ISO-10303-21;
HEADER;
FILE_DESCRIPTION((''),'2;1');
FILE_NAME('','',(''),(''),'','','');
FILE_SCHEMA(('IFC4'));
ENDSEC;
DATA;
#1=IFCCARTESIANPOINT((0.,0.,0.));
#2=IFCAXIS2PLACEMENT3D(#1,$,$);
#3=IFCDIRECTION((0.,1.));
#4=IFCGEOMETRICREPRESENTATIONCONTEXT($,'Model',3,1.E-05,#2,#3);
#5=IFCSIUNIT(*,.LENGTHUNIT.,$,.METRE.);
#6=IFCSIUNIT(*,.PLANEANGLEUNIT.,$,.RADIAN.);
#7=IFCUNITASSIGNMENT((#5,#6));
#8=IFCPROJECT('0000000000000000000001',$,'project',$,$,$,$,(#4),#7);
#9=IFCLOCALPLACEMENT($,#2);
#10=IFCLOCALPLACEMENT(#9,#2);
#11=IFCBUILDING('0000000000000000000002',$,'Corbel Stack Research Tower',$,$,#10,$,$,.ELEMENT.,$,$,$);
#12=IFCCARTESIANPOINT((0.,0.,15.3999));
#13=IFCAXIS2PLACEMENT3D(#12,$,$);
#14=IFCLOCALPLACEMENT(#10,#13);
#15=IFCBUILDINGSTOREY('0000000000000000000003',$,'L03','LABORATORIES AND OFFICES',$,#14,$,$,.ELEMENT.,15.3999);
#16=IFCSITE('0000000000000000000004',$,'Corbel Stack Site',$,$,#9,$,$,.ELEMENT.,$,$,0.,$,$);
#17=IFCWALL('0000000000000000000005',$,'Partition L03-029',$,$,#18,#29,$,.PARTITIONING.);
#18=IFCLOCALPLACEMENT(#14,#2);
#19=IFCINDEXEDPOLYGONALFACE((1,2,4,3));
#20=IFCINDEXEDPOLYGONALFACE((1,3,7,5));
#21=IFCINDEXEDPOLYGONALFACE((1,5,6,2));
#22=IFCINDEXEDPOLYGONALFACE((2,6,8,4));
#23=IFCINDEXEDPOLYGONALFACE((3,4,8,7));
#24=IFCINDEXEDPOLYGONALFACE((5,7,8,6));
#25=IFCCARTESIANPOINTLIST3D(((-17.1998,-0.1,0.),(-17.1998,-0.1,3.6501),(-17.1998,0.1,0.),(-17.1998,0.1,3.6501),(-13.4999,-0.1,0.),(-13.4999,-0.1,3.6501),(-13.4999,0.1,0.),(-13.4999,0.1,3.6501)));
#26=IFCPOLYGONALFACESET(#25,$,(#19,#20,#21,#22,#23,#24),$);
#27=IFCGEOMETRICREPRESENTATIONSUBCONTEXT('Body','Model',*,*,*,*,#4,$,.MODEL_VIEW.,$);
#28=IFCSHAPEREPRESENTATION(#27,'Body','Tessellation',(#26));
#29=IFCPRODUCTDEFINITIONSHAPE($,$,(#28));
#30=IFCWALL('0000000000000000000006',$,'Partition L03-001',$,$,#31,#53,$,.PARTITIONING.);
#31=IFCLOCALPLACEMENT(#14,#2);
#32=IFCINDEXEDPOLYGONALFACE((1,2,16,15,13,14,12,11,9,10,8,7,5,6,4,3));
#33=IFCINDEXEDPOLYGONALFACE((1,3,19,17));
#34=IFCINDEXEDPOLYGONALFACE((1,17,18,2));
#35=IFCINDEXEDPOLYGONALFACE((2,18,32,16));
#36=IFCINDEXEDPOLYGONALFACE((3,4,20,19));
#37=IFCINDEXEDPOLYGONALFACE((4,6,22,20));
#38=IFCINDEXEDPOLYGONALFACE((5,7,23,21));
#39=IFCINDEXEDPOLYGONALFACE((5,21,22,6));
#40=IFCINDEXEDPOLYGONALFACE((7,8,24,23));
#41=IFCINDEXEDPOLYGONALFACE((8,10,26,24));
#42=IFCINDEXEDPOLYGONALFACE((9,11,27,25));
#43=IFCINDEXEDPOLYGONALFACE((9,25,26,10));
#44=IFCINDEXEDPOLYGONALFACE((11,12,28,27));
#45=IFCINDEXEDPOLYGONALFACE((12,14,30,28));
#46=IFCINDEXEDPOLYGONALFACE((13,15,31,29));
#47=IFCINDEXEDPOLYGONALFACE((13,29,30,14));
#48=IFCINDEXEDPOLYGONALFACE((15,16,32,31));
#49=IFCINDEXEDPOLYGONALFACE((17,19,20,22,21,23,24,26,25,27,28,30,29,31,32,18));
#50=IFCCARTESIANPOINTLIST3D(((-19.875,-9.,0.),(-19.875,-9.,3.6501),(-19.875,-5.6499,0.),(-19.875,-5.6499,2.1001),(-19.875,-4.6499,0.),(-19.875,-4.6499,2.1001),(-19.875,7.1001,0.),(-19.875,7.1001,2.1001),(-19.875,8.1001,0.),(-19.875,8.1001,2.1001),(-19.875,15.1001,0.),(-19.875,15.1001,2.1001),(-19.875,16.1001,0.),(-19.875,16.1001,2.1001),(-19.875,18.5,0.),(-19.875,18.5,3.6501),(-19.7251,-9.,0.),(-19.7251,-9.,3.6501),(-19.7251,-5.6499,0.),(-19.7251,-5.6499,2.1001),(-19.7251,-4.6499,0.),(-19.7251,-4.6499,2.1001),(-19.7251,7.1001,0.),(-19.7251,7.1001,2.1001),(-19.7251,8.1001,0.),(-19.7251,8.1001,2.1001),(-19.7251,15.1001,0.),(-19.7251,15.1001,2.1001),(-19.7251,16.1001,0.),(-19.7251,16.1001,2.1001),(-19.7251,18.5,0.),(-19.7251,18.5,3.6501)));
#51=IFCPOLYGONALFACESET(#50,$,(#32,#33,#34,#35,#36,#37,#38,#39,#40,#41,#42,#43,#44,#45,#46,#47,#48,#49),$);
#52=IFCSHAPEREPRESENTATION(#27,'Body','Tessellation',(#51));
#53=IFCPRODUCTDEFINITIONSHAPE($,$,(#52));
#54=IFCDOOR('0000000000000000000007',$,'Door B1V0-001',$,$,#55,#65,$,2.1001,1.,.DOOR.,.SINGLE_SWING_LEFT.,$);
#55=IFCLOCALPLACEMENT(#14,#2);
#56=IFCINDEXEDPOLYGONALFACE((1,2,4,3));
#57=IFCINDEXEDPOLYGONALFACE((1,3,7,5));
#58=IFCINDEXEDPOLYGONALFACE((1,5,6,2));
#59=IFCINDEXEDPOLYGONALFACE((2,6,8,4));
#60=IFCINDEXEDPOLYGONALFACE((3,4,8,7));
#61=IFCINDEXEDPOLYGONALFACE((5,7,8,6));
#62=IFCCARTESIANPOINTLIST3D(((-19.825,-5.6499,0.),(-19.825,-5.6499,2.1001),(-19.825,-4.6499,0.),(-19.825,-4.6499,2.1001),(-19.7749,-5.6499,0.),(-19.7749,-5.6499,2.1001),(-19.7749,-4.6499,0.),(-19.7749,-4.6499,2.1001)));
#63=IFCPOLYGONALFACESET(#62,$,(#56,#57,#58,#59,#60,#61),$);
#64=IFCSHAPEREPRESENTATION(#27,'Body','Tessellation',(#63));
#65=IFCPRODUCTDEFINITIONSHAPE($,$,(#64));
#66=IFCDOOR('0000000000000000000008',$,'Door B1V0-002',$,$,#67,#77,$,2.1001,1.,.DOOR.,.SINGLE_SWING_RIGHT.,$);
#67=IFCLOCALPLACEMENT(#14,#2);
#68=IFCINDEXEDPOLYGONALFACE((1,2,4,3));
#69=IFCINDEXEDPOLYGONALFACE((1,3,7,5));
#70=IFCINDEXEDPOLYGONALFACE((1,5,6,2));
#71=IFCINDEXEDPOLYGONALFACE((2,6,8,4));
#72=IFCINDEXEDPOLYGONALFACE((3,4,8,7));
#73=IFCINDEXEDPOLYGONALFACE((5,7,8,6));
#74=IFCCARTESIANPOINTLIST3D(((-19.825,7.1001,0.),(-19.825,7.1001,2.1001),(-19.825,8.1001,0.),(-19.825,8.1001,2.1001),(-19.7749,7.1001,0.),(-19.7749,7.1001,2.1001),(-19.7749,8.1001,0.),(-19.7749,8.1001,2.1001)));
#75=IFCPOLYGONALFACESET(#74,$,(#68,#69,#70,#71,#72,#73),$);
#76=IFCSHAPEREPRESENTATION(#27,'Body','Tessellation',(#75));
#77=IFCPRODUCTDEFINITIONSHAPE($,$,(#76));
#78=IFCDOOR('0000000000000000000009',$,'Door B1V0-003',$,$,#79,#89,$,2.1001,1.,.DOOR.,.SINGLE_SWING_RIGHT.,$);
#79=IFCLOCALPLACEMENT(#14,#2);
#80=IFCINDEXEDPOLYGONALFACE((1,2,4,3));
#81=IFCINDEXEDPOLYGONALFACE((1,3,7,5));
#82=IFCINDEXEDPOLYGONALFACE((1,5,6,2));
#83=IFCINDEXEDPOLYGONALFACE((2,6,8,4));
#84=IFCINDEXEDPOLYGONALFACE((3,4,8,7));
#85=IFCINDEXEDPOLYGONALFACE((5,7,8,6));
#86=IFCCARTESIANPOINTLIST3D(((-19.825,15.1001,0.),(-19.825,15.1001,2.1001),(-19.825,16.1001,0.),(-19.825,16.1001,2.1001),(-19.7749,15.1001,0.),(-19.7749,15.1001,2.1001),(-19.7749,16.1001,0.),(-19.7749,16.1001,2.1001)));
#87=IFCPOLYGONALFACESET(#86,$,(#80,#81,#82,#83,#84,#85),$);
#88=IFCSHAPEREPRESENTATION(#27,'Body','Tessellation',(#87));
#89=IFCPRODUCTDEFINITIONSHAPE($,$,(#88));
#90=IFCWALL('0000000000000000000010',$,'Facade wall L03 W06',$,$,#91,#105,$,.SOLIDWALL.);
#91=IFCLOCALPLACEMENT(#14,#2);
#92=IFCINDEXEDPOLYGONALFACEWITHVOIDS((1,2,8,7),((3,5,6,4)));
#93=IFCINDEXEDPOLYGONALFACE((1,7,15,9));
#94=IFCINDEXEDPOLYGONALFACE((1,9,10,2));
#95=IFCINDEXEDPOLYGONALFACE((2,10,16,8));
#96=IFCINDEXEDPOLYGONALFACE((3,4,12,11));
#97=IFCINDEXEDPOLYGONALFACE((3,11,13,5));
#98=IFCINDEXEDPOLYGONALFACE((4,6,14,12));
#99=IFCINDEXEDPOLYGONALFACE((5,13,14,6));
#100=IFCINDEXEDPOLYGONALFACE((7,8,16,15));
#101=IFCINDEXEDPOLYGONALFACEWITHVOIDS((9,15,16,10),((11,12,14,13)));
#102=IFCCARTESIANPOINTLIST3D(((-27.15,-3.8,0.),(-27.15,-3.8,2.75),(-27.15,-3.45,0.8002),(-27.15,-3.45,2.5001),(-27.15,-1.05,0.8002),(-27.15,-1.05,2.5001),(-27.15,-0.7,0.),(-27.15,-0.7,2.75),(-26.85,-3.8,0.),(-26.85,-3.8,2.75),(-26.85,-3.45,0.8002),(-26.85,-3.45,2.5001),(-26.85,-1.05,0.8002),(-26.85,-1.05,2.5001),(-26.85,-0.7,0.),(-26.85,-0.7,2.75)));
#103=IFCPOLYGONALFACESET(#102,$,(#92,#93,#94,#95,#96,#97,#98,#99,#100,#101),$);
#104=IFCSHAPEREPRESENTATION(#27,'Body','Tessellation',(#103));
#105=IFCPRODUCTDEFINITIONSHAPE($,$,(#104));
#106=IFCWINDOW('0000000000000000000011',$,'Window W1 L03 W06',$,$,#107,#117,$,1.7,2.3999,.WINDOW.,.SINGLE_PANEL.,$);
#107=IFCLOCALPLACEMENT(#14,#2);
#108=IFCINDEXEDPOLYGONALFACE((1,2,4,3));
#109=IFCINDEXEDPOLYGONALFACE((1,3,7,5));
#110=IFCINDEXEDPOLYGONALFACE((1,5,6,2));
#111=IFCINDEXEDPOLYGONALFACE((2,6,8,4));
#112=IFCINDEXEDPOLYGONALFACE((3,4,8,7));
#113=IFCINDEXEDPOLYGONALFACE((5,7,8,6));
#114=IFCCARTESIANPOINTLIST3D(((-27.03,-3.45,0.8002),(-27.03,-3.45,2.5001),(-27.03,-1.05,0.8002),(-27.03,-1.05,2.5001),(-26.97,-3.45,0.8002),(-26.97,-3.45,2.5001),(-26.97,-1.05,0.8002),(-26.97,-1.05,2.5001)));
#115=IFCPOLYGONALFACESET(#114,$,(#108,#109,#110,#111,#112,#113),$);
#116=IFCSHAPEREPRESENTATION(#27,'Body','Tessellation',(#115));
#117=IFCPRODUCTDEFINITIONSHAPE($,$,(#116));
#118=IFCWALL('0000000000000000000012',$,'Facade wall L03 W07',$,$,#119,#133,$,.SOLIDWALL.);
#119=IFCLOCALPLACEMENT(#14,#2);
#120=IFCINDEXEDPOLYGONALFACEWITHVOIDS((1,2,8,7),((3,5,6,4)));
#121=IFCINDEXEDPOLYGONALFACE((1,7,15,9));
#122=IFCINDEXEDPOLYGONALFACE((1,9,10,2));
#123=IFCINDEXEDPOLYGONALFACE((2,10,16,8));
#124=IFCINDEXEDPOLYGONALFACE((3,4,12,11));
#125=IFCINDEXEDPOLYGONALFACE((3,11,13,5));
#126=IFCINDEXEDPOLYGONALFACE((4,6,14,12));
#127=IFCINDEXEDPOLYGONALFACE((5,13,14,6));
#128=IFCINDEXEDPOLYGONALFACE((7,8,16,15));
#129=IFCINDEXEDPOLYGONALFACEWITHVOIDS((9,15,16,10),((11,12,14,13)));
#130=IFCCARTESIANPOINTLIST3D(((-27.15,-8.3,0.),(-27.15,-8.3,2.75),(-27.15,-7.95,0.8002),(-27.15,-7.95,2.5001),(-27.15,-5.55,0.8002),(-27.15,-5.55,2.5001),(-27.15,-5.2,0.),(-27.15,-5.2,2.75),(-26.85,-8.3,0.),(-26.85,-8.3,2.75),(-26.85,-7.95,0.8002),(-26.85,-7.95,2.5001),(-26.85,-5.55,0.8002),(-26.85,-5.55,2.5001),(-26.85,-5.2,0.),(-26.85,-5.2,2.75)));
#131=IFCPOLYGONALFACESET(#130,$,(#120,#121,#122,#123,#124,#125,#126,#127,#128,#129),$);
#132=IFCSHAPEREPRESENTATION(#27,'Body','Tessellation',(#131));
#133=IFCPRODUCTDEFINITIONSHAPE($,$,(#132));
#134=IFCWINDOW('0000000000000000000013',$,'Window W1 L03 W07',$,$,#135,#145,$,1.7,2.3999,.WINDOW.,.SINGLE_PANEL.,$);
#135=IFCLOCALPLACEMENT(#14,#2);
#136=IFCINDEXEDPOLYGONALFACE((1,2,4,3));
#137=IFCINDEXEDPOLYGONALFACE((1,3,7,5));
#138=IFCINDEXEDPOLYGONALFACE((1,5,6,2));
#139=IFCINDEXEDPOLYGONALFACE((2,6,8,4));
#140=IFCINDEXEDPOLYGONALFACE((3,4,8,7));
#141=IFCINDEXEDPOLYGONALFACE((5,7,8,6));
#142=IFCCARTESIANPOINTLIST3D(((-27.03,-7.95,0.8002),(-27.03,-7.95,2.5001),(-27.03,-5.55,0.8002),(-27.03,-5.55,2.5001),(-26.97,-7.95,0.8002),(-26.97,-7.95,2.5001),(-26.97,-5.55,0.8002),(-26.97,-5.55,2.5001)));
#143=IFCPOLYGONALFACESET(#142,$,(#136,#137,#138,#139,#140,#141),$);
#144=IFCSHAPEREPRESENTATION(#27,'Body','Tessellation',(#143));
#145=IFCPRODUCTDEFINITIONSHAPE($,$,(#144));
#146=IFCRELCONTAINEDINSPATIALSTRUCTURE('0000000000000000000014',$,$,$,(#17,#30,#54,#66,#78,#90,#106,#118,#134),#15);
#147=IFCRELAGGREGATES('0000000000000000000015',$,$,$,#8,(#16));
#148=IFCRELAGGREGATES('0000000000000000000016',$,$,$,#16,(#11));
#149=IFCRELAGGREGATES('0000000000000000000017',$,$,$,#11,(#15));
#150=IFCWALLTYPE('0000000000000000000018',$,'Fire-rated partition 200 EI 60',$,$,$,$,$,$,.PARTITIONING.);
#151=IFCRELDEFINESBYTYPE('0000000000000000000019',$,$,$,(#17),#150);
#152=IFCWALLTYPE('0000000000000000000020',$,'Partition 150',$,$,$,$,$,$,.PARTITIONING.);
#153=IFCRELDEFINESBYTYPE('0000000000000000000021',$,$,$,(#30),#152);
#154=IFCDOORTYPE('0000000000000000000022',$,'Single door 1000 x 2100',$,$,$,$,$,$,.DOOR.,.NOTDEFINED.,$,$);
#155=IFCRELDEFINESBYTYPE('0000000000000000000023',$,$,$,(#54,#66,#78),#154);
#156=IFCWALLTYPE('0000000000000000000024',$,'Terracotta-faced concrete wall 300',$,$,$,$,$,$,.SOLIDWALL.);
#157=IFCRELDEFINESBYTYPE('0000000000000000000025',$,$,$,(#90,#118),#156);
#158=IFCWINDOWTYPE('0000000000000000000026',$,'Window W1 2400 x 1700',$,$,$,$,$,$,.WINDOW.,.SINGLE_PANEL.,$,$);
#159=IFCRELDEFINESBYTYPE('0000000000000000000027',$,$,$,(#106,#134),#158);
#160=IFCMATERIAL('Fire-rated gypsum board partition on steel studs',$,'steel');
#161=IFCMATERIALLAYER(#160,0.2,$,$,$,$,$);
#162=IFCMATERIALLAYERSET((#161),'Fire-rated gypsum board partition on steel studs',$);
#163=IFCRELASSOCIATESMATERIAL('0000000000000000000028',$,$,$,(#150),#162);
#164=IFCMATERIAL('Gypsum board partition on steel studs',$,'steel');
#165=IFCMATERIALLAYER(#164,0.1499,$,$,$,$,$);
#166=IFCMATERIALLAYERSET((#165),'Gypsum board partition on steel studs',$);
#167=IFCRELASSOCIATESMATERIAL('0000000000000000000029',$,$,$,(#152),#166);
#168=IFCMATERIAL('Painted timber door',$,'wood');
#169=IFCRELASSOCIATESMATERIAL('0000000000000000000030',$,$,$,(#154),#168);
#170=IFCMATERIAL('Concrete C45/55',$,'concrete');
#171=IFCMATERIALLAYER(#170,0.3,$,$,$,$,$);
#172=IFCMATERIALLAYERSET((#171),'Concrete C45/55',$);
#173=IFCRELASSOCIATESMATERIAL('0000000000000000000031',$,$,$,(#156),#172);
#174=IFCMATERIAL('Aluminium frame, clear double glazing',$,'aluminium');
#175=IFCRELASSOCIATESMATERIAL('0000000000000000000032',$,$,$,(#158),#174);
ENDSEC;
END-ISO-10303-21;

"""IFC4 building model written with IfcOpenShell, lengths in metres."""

from ifc_helpers import new_model, si_unit, direction, frame, frame_2d, origin, place, context, subcontext, project, spatial, rectangle, extrude, material, layer, layer_set, type_object, element, fill, save


model = new_model("IFC4")

# Units and contexts
model_context = context("Model", 3, precision=1e-05, world=origin(), true_north=direction((0.0, 1.0)))
body_context = subcontext(model_context, "Body", "Model", "MODEL_VIEW")
ifc_project = project(units=[si_unit("LENGTHUNIT", "METRE"), si_unit("PLANEANGLEUNIT", "RADIAN")], contexts=[model_context])

# Site, building, storey
site_placement = place(None, origin())
site = spatial("IfcSite", under=ifc_project, at=site_placement, Name="Corbel Stack Site", CompositionType="ELEMENT", RefElevation=0.0)
building_placement = place(site_placement, origin())
building = spatial("IfcBuilding", under=site, at=building_placement, Name="Corbel Stack Research Tower", CompositionType="ELEMENT")
storey_placement = place(building_placement, frame((0.0, 0.0, 15.3999)))
storey = spatial("IfcBuildingStorey", under=building, at=storey_placement, Name="L03", Description="LABORATORIES AND OFFICES", CompositionType="ELEMENT", Elevation=15.3999)

# Wall
ifc_material_1 = material(Name="Fire-rated gypsum board partition on steel studs", Category="steel")
ifc_layer_1 = layer(ifc_material_1, 0.2)
ifc_layer_set_1 = layer_set([ifc_layer_1], Name="Fire-rated gypsum board partition on steel studs")
wall_type_1 = type_object("IfcWallType", Name="Fire-rated partition 200 EI 60", PredefinedType="PARTITIONING", material=ifc_layer_set_1)
wall_1_placement = place(storey_placement, frame((-17.2, 0.0, 0.0), z_axis=(0.0, 0.0, 1.0), x_axis=(1.0, 0.0, 0.0)))
element("IfcWall", 1, at=wall_1_placement, inside=storey, type_object=wall_type_1, Name="Partition L03-029", PredefinedType="PARTITIONING", context=body_context, shape_type="SweptSolid", body=[
    extrude(rectangle(XDim=3.7, YDim=0.2, at=frame_2d((1.8501, 0.0))), origin(), (0.0, 0.0, 1.0), 3.6501),
])

# Wall, openings, doors
ifc_material_2 = material(Name="Gypsum board partition on steel studs", Category="steel")
ifc_layer_2 = layer(ifc_material_2, 0.1499)
ifc_layer_set_2 = layer_set([ifc_layer_2], Name="Gypsum board partition on steel studs")
wall_type_2 = type_object("IfcWallType", Name="Partition 150", PredefinedType="PARTITIONING", material=ifc_layer_set_2)
wall_2_placement = place(storey_placement, frame((-19.8, -9.0, 0.0), z_axis=(0.0, 0.0, 1.0), x_axis=(0.0, 1.0, 0.0)))
wall_2 = element("IfcWall", 2, at=wall_2_placement, inside=storey, type_object=wall_type_2, Name="Partition L03-001", PredefinedType="PARTITIONING", context=body_context, shape_type="SweptSolid", body=[
    extrude(rectangle(XDim=27.5, YDim=0.1499, at=frame_2d((13.75, 0.0))), origin(), (0.0, 0.0, 1.0), 3.6501),
])
opening_1_placement = place(wall_2_placement, frame((3.3501, 0.0, 0.0)))
opening_1 = element("IfcOpeningElement", 3, at=opening_1_placement, cuts=wall_2, PredefinedType="OPENING", context=body_context, shape_type="SweptSolid", body=[
    extrude(rectangle(XDim=1.0, YDim=2.1001, at=frame_2d((0.5, 1.05))), frame((0.0, 0.085, 0.0), z_axis=(0.0, -1.0, 0.0), x_axis=(1.0, 0.0, 0.0)), (0.0, 0.0, 1.0), 0.1699),
])
opening_2_placement = place(wall_2_placement, frame((16.1001, 0.0, 0.0)))
opening_2 = element("IfcOpeningElement", 4, at=opening_2_placement, cuts=wall_2, PredefinedType="OPENING", context=body_context, shape_type="SweptSolid", body=[
    extrude(rectangle(XDim=1.0, YDim=2.1001, at=frame_2d((0.5, 1.05))), frame((0.0, 0.085, 0.0), z_axis=(0.0, -1.0, 0.0), x_axis=(1.0, 0.0, 0.0)), (0.0, 0.0, 1.0), 0.1699),
])
opening_3_placement = place(wall_2_placement, frame((24.1001, 0.0, 0.0)))
opening_3 = element("IfcOpeningElement", 5, at=opening_3_placement, cuts=wall_2, PredefinedType="OPENING", context=body_context, shape_type="SweptSolid", body=[
    extrude(rectangle(XDim=1.0, YDim=2.1001, at=frame_2d((0.5, 1.05))), frame((0.0, 0.085, 0.0), z_axis=(0.0, -1.0, 0.0), x_axis=(1.0, 0.0, 0.0)), (0.0, 0.0, 1.0), 0.1699),
])
ifc_material_3 = material(Name="Painted timber door", Category="wood")
door_type = type_object("IfcDoorType", Name="Single door 1000 x 2100", OperationType="NOTDEFINED", PredefinedType="DOOR", material=ifc_material_3)
door_1_placement = place(opening_1_placement, origin())
door_1 = element("IfcDoor", 6, at=door_1_placement, inside=storey, type_object=door_type, Name="Door B1V0-001", OperationType="SINGLE_SWING_LEFT", OverallHeight=2.1001, OverallWidth=1.0, PredefinedType="DOOR", context=body_context, shape_type="SweptSolid", body=[
    extrude(rectangle(XDim=1.0, YDim=2.1001, at=frame_2d((0.5, 1.05))), frame((0.0, 0.0249, 0.0), z_axis=(0.0, -1.0, 0.0), x_axis=(1.0, 0.0, 0.0)), (0.0, 0.0, 1.0), 0.05),
])
fill(opening_1, door_1)
door_2_placement = place(opening_2_placement, origin())
door_2 = element("IfcDoor", 7, at=door_2_placement, inside=storey, type_object=door_type, Name="Door B1V0-002", OperationType="SINGLE_SWING_RIGHT", OverallHeight=2.1001, OverallWidth=1.0, PredefinedType="DOOR", context=body_context, shape_type="SweptSolid", body=[
    extrude(rectangle(XDim=1.0, YDim=2.1001, at=frame_2d((0.5, 1.05))), frame((0.0, 0.0249, 0.0), z_axis=(0.0, -1.0, 0.0), x_axis=(1.0, 0.0, 0.0)), (0.0, 0.0, 1.0), 0.05),
])
fill(opening_2, door_2)
door_3_placement = place(opening_3_placement, origin())
door_3 = element("IfcDoor", 8, at=door_3_placement, inside=storey, type_object=door_type, Name="Door B1V0-003", OperationType="SINGLE_SWING_RIGHT", OverallHeight=2.1001, OverallWidth=1.0, PredefinedType="DOOR", context=body_context, shape_type="SweptSolid", body=[
    extrude(rectangle(XDim=1.0, YDim=2.1001, at=frame_2d((0.5, 1.05))), frame((0.0, 0.0249, 0.0), z_axis=(0.0, -1.0, 0.0), x_axis=(1.0, 0.0, 0.0)), (0.0, 0.0, 1.0), 0.05),
])
fill(opening_3, door_3)

# Walls, openings, windows
ifc_material_4 = material(Name="Concrete C45/55", Category="concrete")
ifc_layer_3 = layer(ifc_material_4, 0.3)
ifc_layer_set_3 = layer_set([ifc_layer_3], Name="Concrete C45/55")
wall_type_3 = type_object("IfcWallType", Name="Terracotta-faced concrete wall 300", PredefinedType="SOLIDWALL", material=ifc_layer_set_3)
wall_3_placement = place(storey_placement, frame((-27.0, -3.8, 0.0), z_axis=(0.0, 0.0, 1.0), x_axis=(0.0, 1.0, 0.0)))
wall_3 = element("IfcWall", 9, at=wall_3_placement, inside=storey, type_object=wall_type_3, Name="Facade wall L03 W06", PredefinedType="SOLIDWALL", context=body_context, shape_type="SweptSolid", body=[
    extrude(rectangle(XDim=3.1001, YDim=0.3, at=frame_2d((1.55, 0.0))), origin(), (0.0, 0.0, 1.0), 2.75),
])
opening_4_placement = place(wall_3_placement, frame((0.3501, 0.0, 0.8)))
opening_4 = element("IfcOpeningElement", 10, at=opening_4_placement, cuts=wall_3, PredefinedType="OPENING", context=body_context, shape_type="SweptSolid", body=[
    extrude(rectangle(XDim=2.3999, YDim=1.7, at=frame_2d((1.2, 0.8501))), frame((0.0, 0.1599, 0.0), z_axis=(0.0, -1.0, 0.0), x_axis=(1.0, 0.0, 0.0)), (0.0, 0.0, 1.0), 0.3201),
])
ifc_material_5 = material(Name="Aluminium frame, clear double glazing", Category="aluminium")
window_type_1 = type_object("IfcWindowType", Name="Window W1 2400 x 1700", PartitioningType="SINGLE_PANEL", PredefinedType="WINDOW", material=ifc_material_5)
window_1_placement = place(opening_4_placement, origin())
window_1 = element("IfcWindow", 11, at=window_1_placement, inside=storey, type_object=window_type_1, Name="Window W1 L03 W06", OverallHeight=1.7, OverallWidth=2.3999, PartitioningType="SINGLE_PANEL", PredefinedType="WINDOW", context=body_context, shape_type="SweptSolid", body=[
    extrude(rectangle(XDim=2.3999, YDim=1.7, at=frame_2d((1.2, 0.8501))), frame((0.0, 0.03, 0.0), z_axis=(0.0, -1.0, 0.0), x_axis=(1.0, 0.0, 0.0)), (0.0, 0.0, 1.0), 0.0601),
])
fill(opening_4, window_1)
wall_4_placement = place(storey_placement, frame((-27.0, -8.3, 0.0), z_axis=(0.0, 0.0, 1.0), x_axis=(0.0, 1.0, 0.0)))
wall_4 = element("IfcWall", 12, at=wall_4_placement, inside=storey, type_object=wall_type_3, Name="Facade wall L03 W07", PredefinedType="SOLIDWALL", context=body_context, shape_type="SweptSolid", body=[
    extrude(rectangle(XDim=3.1001, YDim=0.3, at=frame_2d((1.55, 0.0))), origin(), (0.0, 0.0, 1.0), 2.75),
])
opening_5_placement = place(wall_4_placement, frame((0.3501, 0.0, 0.8)))
opening_5 = element("IfcOpeningElement", 13, at=opening_5_placement, cuts=wall_4, PredefinedType="OPENING", context=body_context, shape_type="SweptSolid", body=[
    extrude(rectangle(XDim=2.3999, YDim=1.7, at=frame_2d((1.2, 0.8501))), frame((0.0, 0.1599, 0.0), z_axis=(0.0, -1.0, 0.0), x_axis=(1.0, 0.0, 0.0)), (0.0, 0.0, 1.0), 0.3201),
])
window_2_placement = place(opening_5_placement, origin())
window_2 = element("IfcWindow", 14, at=window_2_placement, inside=storey, type_object=window_type_1, Name="Window W1 L03 W07", OverallHeight=1.7, OverallWidth=2.3999, PartitioningType="SINGLE_PANEL", PredefinedType="WINDOW", context=body_context, shape_type="SweptSolid", body=[
    extrude(rectangle(XDim=2.3999, YDim=1.7, at=frame_2d((1.2, 0.8501))), frame((0.0, 0.03, 0.0), z_axis=(0.0, -1.0, 0.0), x_axis=(1.0, 0.0, 0.0)), (0.0, 0.0, 1.0), 0.0601),
])
fill(opening_5, window_2)

save(model, "model.ifc")
